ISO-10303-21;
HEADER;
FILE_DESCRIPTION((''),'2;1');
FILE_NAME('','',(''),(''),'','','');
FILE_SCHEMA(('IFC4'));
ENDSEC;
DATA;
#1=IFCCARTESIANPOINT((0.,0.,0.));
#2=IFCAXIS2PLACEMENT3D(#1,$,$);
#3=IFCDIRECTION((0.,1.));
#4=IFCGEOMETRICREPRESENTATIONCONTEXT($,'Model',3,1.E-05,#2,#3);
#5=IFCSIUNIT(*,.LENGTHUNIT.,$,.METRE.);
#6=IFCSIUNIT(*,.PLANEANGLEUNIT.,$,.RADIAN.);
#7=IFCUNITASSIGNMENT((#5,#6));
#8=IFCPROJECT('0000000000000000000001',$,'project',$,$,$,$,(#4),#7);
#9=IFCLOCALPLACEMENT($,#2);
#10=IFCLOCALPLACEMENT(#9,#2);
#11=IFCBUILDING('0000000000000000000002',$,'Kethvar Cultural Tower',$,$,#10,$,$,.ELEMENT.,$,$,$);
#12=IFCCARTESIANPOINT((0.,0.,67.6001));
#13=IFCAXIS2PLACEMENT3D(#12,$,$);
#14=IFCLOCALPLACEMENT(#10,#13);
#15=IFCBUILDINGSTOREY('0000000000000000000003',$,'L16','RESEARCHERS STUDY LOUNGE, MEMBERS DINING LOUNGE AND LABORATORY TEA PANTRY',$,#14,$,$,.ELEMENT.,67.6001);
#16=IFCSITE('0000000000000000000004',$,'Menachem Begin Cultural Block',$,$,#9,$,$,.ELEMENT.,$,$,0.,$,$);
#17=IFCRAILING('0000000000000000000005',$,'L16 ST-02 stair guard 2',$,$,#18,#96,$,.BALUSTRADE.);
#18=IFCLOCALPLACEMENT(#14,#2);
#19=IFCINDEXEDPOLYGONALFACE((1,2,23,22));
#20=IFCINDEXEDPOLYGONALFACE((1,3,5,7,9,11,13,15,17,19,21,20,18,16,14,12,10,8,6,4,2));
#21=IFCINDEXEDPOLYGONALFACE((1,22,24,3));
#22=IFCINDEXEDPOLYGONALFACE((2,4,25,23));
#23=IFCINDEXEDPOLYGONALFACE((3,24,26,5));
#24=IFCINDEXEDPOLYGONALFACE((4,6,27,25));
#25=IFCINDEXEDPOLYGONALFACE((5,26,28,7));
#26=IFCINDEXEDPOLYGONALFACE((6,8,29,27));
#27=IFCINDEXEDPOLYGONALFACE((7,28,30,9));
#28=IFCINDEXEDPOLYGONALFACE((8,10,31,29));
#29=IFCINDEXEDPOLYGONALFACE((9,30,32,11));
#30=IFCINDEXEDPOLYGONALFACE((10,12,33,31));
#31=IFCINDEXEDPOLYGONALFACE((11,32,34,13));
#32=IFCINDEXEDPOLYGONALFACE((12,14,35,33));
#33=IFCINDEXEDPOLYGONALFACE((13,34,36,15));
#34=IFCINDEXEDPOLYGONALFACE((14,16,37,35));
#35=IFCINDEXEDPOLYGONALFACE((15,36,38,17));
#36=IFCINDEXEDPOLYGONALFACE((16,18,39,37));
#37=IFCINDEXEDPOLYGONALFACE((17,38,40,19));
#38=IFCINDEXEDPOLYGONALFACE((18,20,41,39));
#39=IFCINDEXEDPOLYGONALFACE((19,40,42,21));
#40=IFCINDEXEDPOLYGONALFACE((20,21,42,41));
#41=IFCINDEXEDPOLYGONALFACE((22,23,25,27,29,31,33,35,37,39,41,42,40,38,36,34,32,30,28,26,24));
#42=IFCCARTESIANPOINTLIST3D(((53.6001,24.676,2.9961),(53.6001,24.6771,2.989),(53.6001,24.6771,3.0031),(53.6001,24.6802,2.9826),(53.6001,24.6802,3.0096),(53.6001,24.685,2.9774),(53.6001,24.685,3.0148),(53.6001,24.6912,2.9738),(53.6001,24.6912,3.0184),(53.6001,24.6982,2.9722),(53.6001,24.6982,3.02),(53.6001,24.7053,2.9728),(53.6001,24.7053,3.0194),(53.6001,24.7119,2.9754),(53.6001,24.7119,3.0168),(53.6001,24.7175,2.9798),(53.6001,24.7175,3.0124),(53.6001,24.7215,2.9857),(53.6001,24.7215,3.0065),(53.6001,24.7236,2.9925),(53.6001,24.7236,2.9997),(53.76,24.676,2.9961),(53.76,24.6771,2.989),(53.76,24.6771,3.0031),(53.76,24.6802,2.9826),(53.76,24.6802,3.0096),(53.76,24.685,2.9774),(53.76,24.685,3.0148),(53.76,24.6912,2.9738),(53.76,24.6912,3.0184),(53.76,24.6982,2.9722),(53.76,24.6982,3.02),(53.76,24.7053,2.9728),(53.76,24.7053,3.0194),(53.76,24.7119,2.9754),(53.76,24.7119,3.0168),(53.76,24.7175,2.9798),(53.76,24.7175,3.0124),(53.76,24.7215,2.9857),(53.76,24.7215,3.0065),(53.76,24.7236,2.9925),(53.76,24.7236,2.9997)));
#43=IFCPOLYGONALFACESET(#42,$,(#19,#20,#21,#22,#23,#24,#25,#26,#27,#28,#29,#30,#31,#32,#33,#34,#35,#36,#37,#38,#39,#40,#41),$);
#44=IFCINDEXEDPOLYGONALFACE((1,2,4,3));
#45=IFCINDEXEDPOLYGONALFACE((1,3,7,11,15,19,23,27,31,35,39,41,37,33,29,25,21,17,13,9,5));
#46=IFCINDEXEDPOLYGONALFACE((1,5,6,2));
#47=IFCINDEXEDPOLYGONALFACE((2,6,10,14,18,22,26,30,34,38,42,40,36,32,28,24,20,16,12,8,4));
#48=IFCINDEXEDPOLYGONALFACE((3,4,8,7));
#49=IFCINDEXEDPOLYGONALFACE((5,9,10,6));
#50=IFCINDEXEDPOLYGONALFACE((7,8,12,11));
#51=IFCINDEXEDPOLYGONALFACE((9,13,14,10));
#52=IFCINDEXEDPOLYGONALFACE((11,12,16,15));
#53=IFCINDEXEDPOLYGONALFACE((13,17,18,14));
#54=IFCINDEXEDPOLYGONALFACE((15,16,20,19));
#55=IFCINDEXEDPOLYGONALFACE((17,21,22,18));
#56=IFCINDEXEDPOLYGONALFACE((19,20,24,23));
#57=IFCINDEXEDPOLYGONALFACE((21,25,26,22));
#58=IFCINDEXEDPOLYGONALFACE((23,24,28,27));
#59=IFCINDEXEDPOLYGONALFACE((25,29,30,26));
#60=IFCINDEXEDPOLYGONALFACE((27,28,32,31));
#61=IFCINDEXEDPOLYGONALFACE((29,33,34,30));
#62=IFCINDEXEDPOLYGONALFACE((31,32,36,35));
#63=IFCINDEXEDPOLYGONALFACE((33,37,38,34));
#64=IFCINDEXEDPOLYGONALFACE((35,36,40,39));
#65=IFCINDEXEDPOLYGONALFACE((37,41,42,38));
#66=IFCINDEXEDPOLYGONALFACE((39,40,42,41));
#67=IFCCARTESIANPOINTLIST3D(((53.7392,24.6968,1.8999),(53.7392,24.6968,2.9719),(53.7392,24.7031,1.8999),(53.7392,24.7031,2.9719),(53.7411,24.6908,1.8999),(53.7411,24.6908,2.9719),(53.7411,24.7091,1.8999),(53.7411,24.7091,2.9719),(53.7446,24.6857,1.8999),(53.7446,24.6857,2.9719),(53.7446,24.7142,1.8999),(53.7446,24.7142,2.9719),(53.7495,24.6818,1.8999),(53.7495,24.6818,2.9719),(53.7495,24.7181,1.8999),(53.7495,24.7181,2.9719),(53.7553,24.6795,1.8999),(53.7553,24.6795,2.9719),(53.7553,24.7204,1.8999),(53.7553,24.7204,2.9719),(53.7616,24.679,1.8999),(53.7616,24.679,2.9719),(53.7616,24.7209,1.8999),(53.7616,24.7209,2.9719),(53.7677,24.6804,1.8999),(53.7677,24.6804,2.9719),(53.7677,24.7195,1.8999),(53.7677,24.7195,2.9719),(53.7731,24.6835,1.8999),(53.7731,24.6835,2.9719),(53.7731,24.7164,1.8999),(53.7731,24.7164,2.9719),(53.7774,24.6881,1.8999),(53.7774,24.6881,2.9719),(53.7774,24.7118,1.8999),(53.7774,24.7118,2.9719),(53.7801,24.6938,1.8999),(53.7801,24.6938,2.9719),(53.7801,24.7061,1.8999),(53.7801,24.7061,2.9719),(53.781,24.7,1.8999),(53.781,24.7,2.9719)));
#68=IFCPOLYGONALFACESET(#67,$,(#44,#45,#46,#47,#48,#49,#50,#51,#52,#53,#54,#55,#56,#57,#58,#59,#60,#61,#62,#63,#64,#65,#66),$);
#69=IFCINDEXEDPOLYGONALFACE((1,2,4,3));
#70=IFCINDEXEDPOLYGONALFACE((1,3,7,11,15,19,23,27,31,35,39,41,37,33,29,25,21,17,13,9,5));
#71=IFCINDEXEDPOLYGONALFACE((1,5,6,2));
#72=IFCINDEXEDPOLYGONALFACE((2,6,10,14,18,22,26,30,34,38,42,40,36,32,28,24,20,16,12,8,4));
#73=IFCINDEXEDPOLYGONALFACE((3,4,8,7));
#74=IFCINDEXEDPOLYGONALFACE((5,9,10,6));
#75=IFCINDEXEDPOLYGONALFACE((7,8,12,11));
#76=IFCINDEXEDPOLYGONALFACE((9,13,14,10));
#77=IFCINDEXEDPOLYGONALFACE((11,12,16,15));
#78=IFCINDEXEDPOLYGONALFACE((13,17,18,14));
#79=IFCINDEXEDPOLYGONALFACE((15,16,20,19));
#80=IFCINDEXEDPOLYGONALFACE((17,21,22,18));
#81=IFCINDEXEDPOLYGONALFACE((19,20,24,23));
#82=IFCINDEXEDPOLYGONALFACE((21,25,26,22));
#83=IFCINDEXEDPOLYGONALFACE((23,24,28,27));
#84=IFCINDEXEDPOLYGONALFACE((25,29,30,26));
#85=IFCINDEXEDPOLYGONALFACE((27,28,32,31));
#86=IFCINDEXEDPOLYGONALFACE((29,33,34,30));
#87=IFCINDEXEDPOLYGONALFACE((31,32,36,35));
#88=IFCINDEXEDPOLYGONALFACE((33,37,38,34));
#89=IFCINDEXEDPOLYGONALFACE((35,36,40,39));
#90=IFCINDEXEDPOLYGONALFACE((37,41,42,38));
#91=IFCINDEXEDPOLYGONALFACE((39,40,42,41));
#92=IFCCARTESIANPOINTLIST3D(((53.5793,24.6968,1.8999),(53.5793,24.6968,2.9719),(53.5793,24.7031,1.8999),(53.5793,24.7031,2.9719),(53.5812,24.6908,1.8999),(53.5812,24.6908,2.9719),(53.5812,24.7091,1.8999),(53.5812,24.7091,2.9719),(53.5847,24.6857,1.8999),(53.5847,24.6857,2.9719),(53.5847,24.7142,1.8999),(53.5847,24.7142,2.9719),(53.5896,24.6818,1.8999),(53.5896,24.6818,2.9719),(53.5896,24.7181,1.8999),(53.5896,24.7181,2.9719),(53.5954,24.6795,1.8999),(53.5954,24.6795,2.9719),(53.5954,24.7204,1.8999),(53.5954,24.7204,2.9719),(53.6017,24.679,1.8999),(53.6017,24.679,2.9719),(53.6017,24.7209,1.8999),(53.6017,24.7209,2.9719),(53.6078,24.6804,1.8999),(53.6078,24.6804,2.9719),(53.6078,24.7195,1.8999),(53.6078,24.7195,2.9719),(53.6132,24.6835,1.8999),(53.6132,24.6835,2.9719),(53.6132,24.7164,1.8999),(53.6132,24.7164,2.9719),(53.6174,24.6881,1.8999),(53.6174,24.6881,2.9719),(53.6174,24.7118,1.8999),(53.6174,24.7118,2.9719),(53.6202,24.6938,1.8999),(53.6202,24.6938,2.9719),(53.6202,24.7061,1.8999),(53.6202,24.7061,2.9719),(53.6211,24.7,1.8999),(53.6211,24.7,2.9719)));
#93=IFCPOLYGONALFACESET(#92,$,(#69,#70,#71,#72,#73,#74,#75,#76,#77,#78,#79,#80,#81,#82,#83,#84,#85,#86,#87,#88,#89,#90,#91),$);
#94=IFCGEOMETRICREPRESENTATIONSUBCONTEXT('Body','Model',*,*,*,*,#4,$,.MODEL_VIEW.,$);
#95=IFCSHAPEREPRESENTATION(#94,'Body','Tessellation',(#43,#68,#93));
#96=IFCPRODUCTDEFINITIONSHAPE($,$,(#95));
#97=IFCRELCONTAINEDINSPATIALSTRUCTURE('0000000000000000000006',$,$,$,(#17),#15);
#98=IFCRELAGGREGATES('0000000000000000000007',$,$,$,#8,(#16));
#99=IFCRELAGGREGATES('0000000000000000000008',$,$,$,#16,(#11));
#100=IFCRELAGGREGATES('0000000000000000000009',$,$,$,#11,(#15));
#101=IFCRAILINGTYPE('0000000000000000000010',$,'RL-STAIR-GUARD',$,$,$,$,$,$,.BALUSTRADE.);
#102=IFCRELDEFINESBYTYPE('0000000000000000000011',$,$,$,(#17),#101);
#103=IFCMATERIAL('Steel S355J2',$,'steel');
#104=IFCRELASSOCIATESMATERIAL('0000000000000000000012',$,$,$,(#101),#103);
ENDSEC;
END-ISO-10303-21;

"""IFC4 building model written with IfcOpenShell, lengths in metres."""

from ifc_helpers import new_model, si_unit, direction, frame, origin, origin_2d, place, context, subcontext, project, spatial, circle, extrude, material, type_object, element, save


model = new_model("IFC4")

# Units and contexts
model_context = context("Model", 3, precision=1e-05, world=origin(), true_north=direction((0.0, 1.0)))
body_context = subcontext(model_context, "Body", "Model", "MODEL_VIEW")
ifc_project = project(units=[si_unit("LENGTHUNIT", "METRE"), si_unit("PLANEANGLEUNIT", "RADIAN")], contexts=[model_context])

# Site, building, storey
site_placement = place(None, origin())
site = spatial("IfcSite", under=ifc_project, at=site_placement, Name="Menachem Begin Cultural Block", CompositionType="ELEMENT", RefElevation=0.0)
building_placement = place(site_placement, origin())
building = spatial("IfcBuilding", under=site, at=building_placement, Name="Kethvar Cultural Tower", CompositionType="ELEMENT")
storey_placement = place(building_placement, frame((0.0, 0.0, 67.6001)))
storey = spatial("IfcBuildingStorey", under=building, at=storey_placement, Name="L16", Description="RESEARCHERS STUDY LOUNGE, MEMBERS DINING LOUNGE AND LABORATORY TEA PANTRY", CompositionType="ELEMENT", Elevation=67.6001)

# Shared definitions
ifc_material_1 = material(Name="Steel S355J2", Category="steel")

# Railing
railing_type_1 = type_object("IfcRailingType", Name="RL-STAIR-GUARD", PredefinedType="BALUSTRADE", material=ifc_material_1)
railing_1_placement = place(storey_placement, frame((53.76, 24.7, 1.8999)))
element("IfcRailing", 1, at=railing_1_placement, inside=storey, type_object=railing_type_1, Name="L16 ST-02 stair guard 2", PredefinedType="BALUSTRADE", context=body_context, shape_type="SweptSolid", body=[
    extrude(circle(Radius=0.0239, at=origin_2d()), frame((0.0, 0.0, 1.0962), z_axis=(-1.0, 0.0, 0.0), x_axis=(0.0, -1.0, 0.0)), (0.0, 0.0, 1.0), 0.1599),
    extrude(circle(Radius=0.021, at=origin_2d()), origin(), (0.0, 0.0, 1.0), 1.072),
    extrude(circle(Radius=0.021, at=origin_2d()), frame((-0.1599, 0.0, 0.0)), (0.0, 0.0, 1.0), 1.072),
])

save(model, "model.ifc")
